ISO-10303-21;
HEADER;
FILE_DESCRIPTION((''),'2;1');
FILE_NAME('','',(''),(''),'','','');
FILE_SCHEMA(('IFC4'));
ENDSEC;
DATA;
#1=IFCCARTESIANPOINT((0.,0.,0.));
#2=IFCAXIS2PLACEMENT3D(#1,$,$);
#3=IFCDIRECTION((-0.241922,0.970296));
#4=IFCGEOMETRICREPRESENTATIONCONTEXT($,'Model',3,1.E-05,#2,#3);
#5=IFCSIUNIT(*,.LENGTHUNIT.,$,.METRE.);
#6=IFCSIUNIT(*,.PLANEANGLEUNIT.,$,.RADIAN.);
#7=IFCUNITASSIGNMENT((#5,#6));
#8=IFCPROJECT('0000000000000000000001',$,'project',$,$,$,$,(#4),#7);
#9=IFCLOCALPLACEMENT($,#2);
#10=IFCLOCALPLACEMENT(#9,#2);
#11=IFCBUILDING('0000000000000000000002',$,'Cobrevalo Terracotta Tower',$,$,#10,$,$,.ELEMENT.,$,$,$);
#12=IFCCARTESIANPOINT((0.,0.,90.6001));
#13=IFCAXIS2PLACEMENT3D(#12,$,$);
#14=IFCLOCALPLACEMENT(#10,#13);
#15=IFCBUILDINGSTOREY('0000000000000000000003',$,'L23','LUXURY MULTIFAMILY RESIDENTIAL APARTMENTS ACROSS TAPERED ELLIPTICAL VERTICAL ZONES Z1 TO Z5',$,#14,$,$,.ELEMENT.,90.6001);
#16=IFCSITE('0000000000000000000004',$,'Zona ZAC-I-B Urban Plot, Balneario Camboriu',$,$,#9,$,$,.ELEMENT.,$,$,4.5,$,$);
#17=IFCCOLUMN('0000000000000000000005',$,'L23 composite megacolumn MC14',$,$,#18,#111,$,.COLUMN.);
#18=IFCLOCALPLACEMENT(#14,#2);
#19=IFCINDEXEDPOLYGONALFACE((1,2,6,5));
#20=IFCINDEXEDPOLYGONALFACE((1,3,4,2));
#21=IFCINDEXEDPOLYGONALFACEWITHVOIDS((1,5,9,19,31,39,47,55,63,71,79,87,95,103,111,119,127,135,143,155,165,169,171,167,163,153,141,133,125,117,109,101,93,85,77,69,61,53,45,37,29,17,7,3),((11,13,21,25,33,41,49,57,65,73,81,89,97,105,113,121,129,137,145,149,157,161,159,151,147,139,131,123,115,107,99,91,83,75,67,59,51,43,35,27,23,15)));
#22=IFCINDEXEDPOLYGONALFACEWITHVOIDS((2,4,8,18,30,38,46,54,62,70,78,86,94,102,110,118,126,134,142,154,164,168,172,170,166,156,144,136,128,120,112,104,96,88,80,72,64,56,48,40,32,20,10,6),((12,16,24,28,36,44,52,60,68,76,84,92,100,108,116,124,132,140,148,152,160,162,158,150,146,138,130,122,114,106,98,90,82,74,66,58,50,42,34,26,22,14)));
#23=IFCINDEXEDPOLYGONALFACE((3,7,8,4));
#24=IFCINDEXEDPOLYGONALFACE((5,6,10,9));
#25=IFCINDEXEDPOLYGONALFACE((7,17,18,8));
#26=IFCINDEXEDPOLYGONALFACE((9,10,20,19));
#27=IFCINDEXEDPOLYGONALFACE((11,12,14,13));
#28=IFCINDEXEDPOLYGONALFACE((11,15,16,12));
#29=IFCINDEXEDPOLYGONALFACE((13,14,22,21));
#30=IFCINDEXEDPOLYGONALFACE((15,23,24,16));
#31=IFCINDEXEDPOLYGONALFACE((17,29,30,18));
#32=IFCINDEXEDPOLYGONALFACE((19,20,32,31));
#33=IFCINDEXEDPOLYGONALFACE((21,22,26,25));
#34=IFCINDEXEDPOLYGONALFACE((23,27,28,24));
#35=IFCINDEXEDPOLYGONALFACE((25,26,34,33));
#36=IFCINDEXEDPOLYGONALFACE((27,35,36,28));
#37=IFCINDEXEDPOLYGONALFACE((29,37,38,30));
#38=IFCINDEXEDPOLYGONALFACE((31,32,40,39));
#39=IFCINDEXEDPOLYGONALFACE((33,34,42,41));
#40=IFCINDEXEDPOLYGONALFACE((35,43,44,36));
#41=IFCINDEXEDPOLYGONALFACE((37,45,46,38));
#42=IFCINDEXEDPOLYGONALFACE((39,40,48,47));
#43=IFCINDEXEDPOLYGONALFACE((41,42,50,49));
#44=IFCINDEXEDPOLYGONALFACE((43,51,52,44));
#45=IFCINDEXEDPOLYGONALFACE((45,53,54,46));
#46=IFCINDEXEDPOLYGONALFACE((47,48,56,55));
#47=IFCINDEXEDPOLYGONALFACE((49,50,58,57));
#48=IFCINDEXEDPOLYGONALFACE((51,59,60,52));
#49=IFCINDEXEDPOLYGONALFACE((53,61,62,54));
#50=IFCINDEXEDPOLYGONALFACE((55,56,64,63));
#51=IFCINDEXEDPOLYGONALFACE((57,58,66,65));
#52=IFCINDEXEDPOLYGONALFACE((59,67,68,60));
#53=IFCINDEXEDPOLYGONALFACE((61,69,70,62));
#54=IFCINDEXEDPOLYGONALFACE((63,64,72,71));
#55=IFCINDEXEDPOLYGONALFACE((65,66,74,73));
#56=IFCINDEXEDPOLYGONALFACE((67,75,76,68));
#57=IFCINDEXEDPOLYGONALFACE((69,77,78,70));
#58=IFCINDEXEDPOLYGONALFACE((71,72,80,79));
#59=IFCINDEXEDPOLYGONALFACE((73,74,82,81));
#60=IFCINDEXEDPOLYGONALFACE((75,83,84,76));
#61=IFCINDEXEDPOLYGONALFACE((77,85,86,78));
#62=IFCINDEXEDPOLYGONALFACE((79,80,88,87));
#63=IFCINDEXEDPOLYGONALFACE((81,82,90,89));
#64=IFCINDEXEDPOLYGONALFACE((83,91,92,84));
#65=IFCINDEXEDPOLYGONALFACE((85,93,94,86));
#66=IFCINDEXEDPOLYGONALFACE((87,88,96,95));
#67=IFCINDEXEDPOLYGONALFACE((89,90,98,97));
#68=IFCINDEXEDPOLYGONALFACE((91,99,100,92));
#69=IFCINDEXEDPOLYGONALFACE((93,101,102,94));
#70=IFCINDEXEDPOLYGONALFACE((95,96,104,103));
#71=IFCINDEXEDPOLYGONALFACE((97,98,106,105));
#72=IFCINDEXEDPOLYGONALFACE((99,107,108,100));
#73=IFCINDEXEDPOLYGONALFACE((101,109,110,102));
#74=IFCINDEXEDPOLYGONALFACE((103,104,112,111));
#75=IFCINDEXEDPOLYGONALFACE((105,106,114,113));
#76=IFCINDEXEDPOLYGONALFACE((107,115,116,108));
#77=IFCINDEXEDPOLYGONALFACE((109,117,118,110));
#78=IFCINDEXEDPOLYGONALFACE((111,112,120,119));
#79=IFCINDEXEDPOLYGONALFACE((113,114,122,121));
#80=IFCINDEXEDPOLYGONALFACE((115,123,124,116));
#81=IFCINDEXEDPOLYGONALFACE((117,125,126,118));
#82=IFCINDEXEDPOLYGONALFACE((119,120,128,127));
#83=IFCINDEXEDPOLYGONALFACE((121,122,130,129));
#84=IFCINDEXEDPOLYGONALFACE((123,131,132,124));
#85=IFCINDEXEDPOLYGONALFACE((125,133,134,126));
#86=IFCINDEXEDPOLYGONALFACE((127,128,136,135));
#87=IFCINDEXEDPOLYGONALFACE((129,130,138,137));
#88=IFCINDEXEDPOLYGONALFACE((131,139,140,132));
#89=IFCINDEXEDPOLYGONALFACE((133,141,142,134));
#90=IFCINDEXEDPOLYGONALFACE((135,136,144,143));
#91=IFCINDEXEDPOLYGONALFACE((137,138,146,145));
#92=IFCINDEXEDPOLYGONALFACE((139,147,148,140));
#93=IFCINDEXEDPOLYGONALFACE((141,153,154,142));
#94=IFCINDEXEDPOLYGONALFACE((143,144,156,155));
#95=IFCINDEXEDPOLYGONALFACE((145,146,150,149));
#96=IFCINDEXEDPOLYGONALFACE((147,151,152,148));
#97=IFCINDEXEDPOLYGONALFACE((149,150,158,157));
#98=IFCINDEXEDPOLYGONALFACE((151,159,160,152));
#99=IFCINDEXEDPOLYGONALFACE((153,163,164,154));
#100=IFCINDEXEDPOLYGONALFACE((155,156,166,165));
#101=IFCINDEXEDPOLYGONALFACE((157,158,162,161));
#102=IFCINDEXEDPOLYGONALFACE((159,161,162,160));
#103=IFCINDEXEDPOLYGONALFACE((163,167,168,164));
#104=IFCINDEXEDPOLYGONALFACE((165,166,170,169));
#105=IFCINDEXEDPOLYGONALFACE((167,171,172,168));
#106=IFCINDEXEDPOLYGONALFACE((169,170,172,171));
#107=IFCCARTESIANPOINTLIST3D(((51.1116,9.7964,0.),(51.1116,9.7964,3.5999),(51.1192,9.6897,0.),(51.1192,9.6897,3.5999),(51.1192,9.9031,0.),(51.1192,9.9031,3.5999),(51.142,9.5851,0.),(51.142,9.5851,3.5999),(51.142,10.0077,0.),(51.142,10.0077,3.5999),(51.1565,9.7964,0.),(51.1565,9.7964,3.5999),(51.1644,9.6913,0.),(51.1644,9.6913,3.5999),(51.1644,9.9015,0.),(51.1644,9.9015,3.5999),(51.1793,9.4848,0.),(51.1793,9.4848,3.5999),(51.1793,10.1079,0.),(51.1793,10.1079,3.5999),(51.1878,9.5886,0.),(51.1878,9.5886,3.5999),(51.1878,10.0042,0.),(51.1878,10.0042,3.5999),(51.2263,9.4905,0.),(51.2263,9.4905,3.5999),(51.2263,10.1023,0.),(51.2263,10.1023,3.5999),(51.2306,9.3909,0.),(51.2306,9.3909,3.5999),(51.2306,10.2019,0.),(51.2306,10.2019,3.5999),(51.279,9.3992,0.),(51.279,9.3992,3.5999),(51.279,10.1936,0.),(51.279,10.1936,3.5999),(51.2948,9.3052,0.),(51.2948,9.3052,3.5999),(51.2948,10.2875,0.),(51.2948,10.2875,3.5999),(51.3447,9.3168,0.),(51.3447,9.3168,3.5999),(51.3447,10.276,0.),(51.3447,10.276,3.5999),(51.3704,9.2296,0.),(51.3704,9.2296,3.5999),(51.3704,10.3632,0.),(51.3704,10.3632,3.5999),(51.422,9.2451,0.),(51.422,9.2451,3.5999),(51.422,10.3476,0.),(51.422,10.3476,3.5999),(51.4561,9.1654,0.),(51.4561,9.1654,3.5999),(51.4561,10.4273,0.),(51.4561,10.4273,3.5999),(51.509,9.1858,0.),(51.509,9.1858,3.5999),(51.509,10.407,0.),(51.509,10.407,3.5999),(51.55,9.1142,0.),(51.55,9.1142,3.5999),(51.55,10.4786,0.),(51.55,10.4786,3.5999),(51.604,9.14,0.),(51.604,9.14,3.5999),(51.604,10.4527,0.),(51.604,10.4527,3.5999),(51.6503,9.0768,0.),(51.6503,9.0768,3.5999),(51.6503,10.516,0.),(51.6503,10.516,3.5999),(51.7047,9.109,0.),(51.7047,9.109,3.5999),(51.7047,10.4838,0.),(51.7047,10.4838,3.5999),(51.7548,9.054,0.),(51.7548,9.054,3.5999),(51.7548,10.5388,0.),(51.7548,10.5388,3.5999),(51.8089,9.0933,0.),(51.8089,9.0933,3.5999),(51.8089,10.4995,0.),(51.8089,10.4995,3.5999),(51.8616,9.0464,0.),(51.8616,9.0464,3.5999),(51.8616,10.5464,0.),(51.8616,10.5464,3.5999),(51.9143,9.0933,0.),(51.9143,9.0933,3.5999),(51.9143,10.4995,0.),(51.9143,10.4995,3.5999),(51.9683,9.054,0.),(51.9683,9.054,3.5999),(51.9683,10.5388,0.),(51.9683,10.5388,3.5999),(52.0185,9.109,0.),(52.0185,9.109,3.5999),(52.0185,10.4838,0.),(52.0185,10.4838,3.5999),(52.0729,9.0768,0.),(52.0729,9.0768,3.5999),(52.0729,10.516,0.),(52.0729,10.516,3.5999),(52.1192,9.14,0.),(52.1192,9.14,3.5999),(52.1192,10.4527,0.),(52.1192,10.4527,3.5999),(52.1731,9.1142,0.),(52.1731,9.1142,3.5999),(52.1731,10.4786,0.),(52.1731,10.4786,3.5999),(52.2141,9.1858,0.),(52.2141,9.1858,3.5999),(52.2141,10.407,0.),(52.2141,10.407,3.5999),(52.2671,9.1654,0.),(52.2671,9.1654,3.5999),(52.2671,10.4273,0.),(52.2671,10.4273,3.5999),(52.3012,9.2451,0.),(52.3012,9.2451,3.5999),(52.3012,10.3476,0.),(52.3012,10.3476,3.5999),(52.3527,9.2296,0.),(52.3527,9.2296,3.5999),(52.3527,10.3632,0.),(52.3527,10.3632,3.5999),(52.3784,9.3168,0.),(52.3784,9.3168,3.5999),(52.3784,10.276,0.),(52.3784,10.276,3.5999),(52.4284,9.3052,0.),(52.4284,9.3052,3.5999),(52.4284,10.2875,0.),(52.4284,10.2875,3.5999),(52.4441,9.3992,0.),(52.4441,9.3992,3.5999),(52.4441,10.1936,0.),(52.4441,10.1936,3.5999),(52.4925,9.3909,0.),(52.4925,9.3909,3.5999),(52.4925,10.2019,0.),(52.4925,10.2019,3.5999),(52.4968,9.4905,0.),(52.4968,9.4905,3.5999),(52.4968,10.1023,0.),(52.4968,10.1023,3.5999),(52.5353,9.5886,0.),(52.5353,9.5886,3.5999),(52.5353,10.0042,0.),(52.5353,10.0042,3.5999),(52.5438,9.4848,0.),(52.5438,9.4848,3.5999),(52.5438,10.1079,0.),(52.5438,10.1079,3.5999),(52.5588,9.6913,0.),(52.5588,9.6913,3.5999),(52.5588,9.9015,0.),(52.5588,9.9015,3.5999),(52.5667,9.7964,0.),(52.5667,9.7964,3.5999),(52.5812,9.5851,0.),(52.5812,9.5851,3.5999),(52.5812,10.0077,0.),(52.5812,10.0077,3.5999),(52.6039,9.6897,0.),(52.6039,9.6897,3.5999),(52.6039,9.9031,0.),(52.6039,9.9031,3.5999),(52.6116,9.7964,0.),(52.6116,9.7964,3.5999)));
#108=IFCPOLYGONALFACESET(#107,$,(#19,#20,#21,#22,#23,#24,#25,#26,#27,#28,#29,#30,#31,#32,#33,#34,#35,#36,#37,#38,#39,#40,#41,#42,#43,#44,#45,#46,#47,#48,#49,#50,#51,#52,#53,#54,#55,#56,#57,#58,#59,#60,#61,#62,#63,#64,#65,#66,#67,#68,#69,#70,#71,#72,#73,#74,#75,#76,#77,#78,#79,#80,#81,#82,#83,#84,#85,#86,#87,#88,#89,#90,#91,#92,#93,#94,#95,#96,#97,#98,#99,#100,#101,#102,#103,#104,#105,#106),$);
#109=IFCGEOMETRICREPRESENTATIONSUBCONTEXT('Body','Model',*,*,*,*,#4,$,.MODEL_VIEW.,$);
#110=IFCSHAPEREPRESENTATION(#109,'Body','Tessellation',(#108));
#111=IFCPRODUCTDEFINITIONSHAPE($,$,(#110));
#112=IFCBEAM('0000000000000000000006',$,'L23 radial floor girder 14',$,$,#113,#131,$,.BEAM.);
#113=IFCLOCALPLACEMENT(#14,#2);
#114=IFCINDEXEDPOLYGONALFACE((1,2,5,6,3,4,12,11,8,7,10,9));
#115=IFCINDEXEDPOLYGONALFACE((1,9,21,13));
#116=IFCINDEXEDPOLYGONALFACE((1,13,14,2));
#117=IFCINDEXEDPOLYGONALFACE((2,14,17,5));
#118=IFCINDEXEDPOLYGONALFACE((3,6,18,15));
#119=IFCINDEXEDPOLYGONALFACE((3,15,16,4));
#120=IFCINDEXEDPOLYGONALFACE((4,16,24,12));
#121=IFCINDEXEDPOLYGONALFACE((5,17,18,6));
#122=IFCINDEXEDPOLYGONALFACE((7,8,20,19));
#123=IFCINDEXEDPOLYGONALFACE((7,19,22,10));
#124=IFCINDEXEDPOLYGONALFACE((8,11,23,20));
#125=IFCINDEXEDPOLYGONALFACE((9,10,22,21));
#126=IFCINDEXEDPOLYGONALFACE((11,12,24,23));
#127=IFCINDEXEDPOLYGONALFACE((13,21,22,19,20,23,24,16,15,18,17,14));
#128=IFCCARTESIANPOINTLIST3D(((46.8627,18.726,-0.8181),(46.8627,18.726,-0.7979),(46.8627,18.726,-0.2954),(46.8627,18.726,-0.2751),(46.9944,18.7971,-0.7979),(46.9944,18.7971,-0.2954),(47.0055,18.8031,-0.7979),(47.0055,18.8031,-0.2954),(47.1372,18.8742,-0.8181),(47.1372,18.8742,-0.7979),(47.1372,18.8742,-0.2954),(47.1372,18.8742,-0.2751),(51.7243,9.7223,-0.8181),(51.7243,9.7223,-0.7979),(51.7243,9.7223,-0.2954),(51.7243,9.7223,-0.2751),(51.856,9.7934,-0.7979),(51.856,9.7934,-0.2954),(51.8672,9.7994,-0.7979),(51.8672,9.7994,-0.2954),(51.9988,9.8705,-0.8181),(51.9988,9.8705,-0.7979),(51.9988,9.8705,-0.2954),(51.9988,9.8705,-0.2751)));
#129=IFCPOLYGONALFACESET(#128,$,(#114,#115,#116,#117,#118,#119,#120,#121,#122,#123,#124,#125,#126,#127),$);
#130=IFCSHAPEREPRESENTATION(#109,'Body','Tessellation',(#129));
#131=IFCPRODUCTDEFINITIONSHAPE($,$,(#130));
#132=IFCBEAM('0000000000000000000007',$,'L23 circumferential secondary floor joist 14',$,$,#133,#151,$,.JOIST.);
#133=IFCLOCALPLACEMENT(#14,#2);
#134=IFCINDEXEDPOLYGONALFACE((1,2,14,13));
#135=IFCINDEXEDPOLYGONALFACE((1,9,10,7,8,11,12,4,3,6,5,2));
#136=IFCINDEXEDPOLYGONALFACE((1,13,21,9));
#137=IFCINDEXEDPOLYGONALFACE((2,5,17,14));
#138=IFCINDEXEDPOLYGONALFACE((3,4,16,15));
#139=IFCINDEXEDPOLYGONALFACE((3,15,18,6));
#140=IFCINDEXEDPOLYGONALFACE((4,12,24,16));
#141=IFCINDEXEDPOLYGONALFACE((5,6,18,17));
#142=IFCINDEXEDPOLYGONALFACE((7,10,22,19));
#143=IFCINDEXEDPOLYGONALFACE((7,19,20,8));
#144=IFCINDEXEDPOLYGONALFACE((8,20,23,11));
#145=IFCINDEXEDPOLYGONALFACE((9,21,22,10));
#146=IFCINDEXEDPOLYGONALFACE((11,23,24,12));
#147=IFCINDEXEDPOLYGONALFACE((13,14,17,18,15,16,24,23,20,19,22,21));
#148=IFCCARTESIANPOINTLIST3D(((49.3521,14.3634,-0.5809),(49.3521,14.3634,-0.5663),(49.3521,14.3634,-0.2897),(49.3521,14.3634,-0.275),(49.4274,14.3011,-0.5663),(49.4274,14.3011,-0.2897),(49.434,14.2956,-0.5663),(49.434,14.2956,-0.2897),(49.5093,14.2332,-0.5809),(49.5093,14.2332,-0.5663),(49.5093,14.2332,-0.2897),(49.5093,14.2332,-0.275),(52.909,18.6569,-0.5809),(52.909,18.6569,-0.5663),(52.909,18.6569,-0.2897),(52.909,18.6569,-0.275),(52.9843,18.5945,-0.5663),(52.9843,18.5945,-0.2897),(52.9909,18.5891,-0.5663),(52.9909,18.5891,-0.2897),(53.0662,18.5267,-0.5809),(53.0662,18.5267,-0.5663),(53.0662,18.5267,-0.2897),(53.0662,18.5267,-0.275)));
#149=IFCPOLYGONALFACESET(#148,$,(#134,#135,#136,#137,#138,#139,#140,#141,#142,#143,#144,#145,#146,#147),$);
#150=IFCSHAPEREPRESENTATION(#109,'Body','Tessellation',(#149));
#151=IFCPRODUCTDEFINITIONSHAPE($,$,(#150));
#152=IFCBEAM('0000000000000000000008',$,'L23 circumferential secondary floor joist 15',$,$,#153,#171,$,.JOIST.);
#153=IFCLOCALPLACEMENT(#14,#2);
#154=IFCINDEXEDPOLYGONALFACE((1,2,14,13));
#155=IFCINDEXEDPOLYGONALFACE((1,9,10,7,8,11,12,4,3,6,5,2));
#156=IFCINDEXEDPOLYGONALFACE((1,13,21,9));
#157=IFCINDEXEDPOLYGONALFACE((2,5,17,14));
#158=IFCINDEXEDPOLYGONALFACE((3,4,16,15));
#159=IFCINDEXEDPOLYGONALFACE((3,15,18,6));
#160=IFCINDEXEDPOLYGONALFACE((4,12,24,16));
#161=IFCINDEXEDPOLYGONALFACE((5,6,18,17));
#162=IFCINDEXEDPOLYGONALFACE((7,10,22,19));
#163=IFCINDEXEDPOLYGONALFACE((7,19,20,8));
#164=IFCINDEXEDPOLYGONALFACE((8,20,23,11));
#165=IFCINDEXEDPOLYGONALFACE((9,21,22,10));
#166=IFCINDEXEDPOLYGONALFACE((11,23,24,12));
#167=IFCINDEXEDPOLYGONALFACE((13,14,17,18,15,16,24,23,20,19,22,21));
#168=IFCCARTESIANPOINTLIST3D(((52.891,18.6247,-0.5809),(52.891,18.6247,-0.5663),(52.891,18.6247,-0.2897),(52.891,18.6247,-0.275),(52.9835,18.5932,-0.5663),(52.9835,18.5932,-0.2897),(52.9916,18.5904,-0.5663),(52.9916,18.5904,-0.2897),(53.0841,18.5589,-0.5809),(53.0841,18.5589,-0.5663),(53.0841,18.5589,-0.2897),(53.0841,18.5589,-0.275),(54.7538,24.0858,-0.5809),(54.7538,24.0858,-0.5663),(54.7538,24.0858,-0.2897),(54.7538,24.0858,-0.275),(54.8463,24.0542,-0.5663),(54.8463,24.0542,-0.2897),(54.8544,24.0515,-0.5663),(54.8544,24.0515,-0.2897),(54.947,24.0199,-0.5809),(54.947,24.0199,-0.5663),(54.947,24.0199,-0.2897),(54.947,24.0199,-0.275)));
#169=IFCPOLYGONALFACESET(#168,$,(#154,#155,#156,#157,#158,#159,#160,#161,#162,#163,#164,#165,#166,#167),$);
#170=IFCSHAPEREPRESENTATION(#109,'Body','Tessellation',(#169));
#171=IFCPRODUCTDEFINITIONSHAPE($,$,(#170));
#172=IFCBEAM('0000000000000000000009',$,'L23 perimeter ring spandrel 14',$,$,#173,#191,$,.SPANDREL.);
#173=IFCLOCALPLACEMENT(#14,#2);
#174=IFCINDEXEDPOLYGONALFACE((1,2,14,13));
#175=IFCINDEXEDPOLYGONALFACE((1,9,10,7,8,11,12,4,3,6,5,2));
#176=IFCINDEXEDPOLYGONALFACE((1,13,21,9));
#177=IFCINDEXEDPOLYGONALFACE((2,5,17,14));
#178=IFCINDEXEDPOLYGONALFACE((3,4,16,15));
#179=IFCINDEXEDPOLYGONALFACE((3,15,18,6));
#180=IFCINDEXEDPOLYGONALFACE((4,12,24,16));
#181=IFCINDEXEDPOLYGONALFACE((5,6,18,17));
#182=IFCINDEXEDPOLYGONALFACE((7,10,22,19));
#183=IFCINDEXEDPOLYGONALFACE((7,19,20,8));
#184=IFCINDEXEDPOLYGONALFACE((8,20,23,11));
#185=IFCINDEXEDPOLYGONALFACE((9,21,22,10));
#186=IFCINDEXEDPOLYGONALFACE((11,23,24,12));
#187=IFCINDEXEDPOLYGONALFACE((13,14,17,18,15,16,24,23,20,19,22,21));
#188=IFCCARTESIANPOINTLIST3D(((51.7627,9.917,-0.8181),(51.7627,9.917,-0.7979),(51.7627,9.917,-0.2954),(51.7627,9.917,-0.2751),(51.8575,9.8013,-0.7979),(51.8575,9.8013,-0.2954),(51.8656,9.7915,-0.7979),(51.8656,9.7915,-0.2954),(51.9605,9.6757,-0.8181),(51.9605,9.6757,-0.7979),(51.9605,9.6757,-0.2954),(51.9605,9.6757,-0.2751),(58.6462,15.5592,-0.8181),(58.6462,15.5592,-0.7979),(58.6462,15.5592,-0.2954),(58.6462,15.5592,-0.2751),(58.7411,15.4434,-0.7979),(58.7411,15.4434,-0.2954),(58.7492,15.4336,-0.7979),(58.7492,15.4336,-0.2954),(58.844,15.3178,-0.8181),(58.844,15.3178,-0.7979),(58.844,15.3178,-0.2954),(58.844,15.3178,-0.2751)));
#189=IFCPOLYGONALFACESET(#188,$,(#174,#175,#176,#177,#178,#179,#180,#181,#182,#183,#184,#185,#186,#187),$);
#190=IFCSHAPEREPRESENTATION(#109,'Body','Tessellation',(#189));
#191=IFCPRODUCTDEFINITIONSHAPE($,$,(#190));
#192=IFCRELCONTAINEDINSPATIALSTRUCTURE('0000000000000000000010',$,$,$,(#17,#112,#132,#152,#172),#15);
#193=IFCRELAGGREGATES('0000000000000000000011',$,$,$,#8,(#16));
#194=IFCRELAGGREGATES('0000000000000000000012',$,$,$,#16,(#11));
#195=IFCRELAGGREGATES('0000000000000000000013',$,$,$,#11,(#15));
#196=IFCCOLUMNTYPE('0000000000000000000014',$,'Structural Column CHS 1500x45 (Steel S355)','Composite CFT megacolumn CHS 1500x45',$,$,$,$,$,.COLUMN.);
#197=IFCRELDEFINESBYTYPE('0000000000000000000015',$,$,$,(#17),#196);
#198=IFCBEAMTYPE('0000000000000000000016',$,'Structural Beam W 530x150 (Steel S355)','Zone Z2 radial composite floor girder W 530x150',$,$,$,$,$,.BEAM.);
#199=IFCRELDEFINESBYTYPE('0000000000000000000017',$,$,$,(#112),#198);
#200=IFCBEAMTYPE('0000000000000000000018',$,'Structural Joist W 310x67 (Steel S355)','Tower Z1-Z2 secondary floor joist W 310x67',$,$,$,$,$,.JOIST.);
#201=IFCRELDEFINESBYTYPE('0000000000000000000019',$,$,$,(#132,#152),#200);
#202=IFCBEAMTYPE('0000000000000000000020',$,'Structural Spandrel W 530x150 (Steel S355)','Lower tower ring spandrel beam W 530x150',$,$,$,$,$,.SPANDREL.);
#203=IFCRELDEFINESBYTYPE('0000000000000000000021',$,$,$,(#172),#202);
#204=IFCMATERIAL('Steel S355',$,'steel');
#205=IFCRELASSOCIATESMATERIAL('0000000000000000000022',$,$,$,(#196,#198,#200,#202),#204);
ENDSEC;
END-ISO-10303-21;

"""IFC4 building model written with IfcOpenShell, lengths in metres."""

from ifc_helpers import new_model, si_unit, direction, frame, origin, origin_2d, place, context, subcontext, project, spatial, hollow_circle, i_section, extrude, material, material_profile, profile_set, type_object, element, save


model = new_model("IFC4")

# Units and contexts
model_context = context("Model", 3, precision=1e-05, world=origin(), true_north=direction((-0.241922, 0.970296)))
body_context = subcontext(model_context, "Body", "Model", "MODEL_VIEW")
ifc_project = project(units=[si_unit("LENGTHUNIT", "METRE"), si_unit("PLANEANGLEUNIT", "RADIAN")], contexts=[model_context])

# Site, building, storey
site_placement = place(None, origin())
site = spatial("IfcSite", under=ifc_project, at=site_placement, Name="Zona ZAC-I-B Urban Plot, Balneario Camboriu", CompositionType="ELEMENT", RefElevation=4.5)
building_placement = place(site_placement, origin())
building = spatial("IfcBuilding", under=site, at=building_placement, Name="Cobrevalo Terracotta Tower", CompositionType="ELEMENT")
storey_placement = place(building_placement, frame((0.0, 0.0, 90.6001)))
storey = spatial("IfcBuildingStorey", under=building, at=storey_placement, Name="L23", Description="LUXURY MULTIFAMILY RESIDENTIAL APARTMENTS ACROSS TAPERED ELLIPTICAL VERTICAL ZONES Z1 TO Z5", CompositionType="ELEMENT", Elevation=90.6001)

# Column
ifc_material_1 = material(Name="Steel S355", Category="steel")
ifc_material_profile_1 = material_profile(ifc_material_1, hollow_circle(Radius=0.75, WallThickness=0.0449, at=origin_2d()), Name="CHS 1500x45")
ifc_profile_set_1 = profile_set([ifc_material_profile_1], Name="Steel S355")
column_type = type_object("IfcColumnType", Name="Structural Column CHS 1500x45 (Steel S355)", Description="Composite CFT megacolumn CHS 1500x45", PredefinedType="COLUMN", material=ifc_profile_set_1)
column_placement = place(storey_placement, frame((51.8616, 9.7964, 0.0), z_axis=(0.0, 0.0, 1.0), x_axis=(1.0, 0.0, 0.0)))
element("IfcColumn", 1, at=column_placement, inside=storey, type_object=column_type, Name="L23 composite megacolumn MC14", PredefinedType="COLUMN", context=body_context, shape_type="SweptSolid", body=[
    extrude(hollow_circle(Radius=0.75, WallThickness=0.0449, at=origin_2d()), origin(), (0.0, 0.0, 1.0), 3.5999),
])

# Beams
ifc_material_profile_2 = material_profile(ifc_material_1, i_section(OverallWidth=0.312, OverallDepth=0.543, WebThickness=0.0127, FlangeThickness=0.0203, at=origin_2d()), Name="W 530x150")
ifc_profile_set_2 = profile_set([ifc_material_profile_2], Name="Steel S355")
beam_type_1 = type_object("IfcBeamType", Name="Structural Beam W 530x150 (Steel S355)", Description="Zone Z2 radial composite floor girder W 530x150", PredefinedType="BEAM", material=ifc_profile_set_2)
beam_1_placement = place(storey_placement, frame((51.8616, 9.7964, -0.5466), z_axis=(-0.475118, 0.879922, 0.0), x_axis=(-0.879922, -0.475118, 0.0)))
element("IfcBeam", 2, at=beam_1_placement, inside=storey, type_object=beam_type_1, Name="L23 radial floor girder 14", PredefinedType="BEAM", context=body_context, shape_type="SweptSolid", body=[
    extrude(i_section(OverallWidth=0.312, OverallDepth=0.543, WebThickness=0.0127, FlangeThickness=0.0203, at=origin_2d()), origin(), (0.0, 0.0, 1.0), 10.2324),
])
ifc_material_profile_3 = material_profile(ifc_material_1, i_section(OverallWidth=0.2041, OverallDepth=0.3059, WebThickness=0.0085, FlangeThickness=0.0146, at=origin_2d()), Name="W 310x67")
ifc_profile_set_3 = profile_set([ifc_material_profile_3], Name="Steel S355")
beam_type_2 = type_object("IfcBeamType", Name="Structural Joist W 310x67 (Steel S355)", Description="Tower Z1-Z2 secondary floor joist W 310x67", PredefinedType="JOIST", material=ifc_profile_set_3)
beam_2_placement = place(storey_placement, frame((49.4307, 14.2983, -0.428), z_axis=(0.637959, 0.77007, 0.0), x_axis=(-0.77007, 0.637959, 0.0)))
element("IfcBeam", 3, at=beam_2_placement, inside=storey, type_object=beam_type_2, Name="L23 circumferential secondary floor joist 14", PredefinedType="JOIST", context=body_context, shape_type="SweptSolid", body=[
    extrude(i_section(OverallWidth=0.2041, OverallDepth=0.3059, WebThickness=0.0085, FlangeThickness=0.0146, at=origin_2d()), origin(), (0.0, 0.0, 1.0), 5.5754),
])
beam_3_placement = place(storey_placement, frame((52.9875, 18.5918, -0.428), z_axis=(0.322846, 0.946451, 0.0), x_axis=(-0.946451, 0.322846, 0.0)))
element("IfcBeam", 4, at=beam_3_placement, inside=storey, type_object=beam_type_2, Name="L23 circumferential secondary floor joist 15", PredefinedType="JOIST", context=body_context, shape_type="SweptSolid", body=[
    extrude(i_section(OverallWidth=0.2041, OverallDepth=0.3059, WebThickness=0.0085, FlangeThickness=0.0146, at=origin_2d()), origin(), (0.0, 0.0, 1.0), 5.77),
])
ifc_material_profile_4 = material_profile(ifc_material_1, i_section(OverallWidth=0.312, OverallDepth=0.543, WebThickness=0.0127, FlangeThickness=0.0203, at=origin_2d()), Name="W 530x150")
ifc_profile_set_4 = profile_set([ifc_material_profile_4], Name="Steel S355")
beam_type_3 = type_object("IfcBeamType", Name="Structural Spandrel W 530x150 (Steel S355)", Description="Lower tower ring spandrel beam W 530x150", PredefinedType="SPANDREL", material=ifc_profile_set_4)
beam_4_placement = place(storey_placement, frame((51.8616, 9.7964, -0.5466), z_axis=(0.773401, 0.633917, 0.0), x_axis=(-0.633917, 0.773401, 0.0)))
element("IfcBeam", 5, at=beam_4_placement, inside=storey, type_object=beam_type_3, Name="L23 perimeter ring spandrel 14", PredefinedType="SPANDREL", context=body_context, shape_type="SweptSolid", body=[
    extrude(i_section(OverallWidth=0.312, OverallDepth=0.543, WebThickness=0.0127, FlangeThickness=0.0203, at=origin_2d()), origin(), (0.0, 0.0, 1.0), 8.9004),
])

save(model, "model.ifc")
